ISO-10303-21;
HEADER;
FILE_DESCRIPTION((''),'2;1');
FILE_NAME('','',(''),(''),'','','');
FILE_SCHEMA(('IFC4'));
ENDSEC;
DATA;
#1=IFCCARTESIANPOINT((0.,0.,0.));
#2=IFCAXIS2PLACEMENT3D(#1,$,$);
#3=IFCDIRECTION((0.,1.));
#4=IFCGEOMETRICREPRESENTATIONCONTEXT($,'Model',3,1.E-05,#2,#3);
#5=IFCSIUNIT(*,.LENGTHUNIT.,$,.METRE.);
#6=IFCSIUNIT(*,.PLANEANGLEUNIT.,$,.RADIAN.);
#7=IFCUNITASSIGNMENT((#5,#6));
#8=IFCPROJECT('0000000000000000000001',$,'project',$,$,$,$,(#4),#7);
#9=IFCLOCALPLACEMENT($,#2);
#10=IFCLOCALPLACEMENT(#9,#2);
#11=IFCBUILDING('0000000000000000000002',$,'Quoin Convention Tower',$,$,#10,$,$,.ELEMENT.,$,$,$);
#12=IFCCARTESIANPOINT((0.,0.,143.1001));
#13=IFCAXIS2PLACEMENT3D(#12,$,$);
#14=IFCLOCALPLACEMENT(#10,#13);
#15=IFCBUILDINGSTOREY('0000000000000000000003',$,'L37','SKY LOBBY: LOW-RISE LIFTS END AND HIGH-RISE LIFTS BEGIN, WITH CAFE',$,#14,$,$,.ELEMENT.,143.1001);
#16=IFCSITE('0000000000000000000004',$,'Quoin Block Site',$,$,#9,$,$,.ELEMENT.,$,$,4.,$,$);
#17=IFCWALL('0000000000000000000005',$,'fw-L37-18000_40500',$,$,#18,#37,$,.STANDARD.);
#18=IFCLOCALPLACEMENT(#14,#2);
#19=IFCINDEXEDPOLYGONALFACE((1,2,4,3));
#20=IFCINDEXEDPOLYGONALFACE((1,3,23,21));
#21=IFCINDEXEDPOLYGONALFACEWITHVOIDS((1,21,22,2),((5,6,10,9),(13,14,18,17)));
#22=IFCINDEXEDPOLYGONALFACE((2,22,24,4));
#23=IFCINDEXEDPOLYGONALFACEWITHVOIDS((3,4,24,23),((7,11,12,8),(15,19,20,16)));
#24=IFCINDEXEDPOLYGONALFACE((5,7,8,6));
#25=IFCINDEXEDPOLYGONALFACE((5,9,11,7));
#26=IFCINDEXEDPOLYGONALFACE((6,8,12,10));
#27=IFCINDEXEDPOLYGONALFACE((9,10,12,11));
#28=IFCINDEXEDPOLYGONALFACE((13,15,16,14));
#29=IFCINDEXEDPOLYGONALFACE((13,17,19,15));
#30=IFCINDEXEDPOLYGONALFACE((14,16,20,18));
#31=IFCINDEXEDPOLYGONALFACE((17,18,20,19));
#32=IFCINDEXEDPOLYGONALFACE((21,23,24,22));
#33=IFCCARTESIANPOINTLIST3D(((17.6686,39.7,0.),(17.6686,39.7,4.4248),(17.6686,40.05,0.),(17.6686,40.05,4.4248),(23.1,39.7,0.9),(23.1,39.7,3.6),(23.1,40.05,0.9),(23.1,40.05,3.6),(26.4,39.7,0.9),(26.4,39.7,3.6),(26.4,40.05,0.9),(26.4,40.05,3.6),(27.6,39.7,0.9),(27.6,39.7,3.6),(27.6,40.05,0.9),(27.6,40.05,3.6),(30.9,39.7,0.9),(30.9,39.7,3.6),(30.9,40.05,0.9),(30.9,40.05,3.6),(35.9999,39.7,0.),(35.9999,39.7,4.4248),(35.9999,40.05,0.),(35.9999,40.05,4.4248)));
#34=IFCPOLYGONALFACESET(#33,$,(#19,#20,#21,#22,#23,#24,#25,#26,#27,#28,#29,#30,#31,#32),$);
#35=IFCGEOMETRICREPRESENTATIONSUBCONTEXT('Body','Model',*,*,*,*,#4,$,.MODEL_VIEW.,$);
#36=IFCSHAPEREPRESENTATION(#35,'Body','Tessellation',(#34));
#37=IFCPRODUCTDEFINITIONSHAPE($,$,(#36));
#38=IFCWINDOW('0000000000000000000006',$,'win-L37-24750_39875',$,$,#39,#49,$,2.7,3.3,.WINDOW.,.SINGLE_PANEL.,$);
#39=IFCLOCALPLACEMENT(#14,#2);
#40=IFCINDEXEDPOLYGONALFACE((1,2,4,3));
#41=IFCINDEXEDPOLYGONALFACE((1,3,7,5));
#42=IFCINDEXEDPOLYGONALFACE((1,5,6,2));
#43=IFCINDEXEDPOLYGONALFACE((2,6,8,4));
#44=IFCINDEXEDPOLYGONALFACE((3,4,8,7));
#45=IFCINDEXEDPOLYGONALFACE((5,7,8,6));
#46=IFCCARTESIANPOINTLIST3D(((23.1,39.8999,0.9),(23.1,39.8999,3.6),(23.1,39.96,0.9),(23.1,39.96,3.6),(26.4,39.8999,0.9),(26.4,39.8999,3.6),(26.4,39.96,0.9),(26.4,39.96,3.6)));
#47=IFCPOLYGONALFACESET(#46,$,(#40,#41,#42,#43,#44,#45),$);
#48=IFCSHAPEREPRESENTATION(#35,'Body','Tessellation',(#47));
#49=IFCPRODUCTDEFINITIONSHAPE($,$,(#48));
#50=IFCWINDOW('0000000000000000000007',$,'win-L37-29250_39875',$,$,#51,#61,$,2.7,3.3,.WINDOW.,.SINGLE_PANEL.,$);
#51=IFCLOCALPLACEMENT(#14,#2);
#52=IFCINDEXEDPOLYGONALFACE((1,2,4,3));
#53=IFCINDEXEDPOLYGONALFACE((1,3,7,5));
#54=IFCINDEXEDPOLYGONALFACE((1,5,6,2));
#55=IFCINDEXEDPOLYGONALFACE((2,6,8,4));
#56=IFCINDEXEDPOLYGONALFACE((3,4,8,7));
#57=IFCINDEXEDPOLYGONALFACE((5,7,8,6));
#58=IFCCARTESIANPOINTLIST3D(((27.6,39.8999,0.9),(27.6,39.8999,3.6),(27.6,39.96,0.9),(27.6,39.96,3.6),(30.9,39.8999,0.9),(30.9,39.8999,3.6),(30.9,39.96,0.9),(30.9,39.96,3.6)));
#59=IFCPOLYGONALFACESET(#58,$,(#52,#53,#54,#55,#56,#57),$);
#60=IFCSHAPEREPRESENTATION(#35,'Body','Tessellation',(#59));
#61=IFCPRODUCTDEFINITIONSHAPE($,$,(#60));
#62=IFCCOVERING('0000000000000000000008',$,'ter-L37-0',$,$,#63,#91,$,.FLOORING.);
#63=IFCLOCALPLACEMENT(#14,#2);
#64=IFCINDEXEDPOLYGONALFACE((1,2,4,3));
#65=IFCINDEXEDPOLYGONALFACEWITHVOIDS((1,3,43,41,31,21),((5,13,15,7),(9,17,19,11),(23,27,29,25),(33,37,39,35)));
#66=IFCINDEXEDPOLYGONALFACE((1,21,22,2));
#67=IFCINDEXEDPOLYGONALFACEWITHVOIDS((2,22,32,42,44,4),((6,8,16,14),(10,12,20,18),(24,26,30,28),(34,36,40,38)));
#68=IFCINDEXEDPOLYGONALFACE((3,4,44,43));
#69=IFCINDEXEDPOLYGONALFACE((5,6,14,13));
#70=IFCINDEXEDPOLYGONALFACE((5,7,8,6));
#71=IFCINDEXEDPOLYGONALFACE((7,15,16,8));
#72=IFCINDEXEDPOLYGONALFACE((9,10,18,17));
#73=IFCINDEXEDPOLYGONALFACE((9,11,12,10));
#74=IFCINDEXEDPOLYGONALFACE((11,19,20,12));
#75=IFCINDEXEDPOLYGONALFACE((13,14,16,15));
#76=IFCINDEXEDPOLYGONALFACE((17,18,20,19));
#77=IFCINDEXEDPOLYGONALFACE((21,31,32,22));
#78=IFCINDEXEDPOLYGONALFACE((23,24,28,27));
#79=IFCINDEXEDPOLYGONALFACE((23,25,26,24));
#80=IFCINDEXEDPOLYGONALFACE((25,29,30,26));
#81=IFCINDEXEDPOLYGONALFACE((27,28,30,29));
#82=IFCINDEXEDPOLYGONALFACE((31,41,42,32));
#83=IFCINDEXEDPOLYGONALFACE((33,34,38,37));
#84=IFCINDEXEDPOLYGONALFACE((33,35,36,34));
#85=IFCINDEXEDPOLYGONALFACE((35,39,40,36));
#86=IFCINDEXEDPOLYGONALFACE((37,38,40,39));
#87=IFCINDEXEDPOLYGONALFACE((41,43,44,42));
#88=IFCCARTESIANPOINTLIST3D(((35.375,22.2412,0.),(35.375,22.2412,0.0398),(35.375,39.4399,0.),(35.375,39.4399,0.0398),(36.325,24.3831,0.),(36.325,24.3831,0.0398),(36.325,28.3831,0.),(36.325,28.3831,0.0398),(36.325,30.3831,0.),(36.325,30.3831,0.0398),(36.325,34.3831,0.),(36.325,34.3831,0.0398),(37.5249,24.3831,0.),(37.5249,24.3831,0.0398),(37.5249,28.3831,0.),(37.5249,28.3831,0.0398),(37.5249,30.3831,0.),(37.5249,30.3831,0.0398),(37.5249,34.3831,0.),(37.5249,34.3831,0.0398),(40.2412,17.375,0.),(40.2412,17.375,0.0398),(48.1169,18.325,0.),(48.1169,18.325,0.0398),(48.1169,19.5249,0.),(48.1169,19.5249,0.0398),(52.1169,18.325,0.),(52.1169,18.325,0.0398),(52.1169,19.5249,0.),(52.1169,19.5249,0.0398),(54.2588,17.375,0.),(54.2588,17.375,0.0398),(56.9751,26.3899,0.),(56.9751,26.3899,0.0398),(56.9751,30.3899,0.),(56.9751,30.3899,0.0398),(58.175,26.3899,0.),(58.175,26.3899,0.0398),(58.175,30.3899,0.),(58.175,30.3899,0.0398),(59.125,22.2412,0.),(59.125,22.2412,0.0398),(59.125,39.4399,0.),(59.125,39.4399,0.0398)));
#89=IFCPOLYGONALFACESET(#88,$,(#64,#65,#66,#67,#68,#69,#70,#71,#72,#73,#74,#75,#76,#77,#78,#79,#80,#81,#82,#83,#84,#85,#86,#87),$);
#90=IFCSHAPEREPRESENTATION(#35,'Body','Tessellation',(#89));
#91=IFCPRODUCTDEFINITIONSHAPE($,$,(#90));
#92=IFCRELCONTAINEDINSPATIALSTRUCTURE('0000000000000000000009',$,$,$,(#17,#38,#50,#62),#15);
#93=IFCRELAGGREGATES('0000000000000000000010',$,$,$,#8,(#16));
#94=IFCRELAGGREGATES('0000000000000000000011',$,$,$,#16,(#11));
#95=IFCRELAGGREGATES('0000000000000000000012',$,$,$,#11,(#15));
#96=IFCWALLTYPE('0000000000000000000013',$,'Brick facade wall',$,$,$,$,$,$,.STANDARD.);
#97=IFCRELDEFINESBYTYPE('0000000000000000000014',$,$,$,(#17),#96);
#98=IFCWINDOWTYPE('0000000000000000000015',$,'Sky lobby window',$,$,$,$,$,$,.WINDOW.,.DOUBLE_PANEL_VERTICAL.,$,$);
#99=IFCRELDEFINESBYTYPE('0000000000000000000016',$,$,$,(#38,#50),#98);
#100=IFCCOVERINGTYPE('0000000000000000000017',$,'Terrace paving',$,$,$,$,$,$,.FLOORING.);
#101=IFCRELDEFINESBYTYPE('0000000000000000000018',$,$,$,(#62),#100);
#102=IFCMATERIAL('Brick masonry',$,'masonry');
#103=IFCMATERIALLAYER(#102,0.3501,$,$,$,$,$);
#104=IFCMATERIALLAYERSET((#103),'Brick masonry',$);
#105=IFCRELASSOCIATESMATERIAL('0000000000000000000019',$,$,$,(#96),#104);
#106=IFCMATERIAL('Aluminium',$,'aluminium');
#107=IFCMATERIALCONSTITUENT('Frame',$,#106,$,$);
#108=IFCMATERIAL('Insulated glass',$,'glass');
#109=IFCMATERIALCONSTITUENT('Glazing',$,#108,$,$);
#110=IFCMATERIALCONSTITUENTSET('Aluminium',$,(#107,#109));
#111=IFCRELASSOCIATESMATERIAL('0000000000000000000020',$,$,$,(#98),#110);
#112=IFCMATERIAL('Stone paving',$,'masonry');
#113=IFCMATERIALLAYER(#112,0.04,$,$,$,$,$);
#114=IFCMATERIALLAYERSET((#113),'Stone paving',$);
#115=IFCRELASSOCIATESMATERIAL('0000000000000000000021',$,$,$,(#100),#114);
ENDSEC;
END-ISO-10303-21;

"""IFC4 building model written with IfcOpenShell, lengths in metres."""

from ifc_helpers import new_model, si_unit, direction, frame, frame_2d, origin, place, context, subcontext, project, spatial, polyline, rectangle, outline, extrude, material, layer, layer_set, constituent, constituent_set, type_object, element, fill, save


model = new_model("IFC4")

# Units and contexts
model_context = context("Model", 3, precision=1e-05, world=origin(), true_north=direction((0.0, 1.0)))
body_context = subcontext(model_context, "Body", "Model", "MODEL_VIEW")
ifc_project = project(units=[si_unit("LENGTHUNIT", "METRE"), si_unit("PLANEANGLEUNIT", "RADIAN")], contexts=[model_context])

# Site, building, storey
site_placement = place(None, origin())
site = spatial("IfcSite", under=ifc_project, at=site_placement, Name="Quoin Block Site", CompositionType="ELEMENT", RefElevation=4.0)
building_placement = place(site_placement, origin())
building = spatial("IfcBuilding", under=site, at=building_placement, Name="Quoin Convention Tower", CompositionType="ELEMENT")
storey_placement = place(building_placement, frame((0.0, 0.0, 143.1001)))
storey = spatial("IfcBuildingStorey", under=building, at=storey_placement, Name="L37", Description="SKY LOBBY: LOW-RISE LIFTS END AND HIGH-RISE LIFTS BEGIN, WITH CAFE", CompositionType="ELEMENT", Elevation=143.1001)

# Wall, openings, windows
ifc_material_1 = material(Name="Brick masonry", Category="masonry")
ifc_layer_1 = layer(ifc_material_1, 0.3501)
ifc_layer_set_1 = layer_set([ifc_layer_1], Name="Brick masonry")
wall_type = type_object("IfcWallType", Name="Brick facade wall", PredefinedType="STANDARD", material=ifc_layer_set_1)
wall_placement = place(storey_placement, frame((17.6687, 39.875, 0.0), z_axis=(0.0, 0.0, 1.0), x_axis=(1.0, 0.0, 0.0)))
wall = element("IfcWall", 1, at=wall_placement, inside=storey, type_object=wall_type, Name="fw-L37-18000_40500", PredefinedType="STANDARD", context=body_context, shape_type="SweptSolid", body=[
    extrude(rectangle(XDim=18.3313, YDim=0.3501, at=frame_2d((9.1655, 0.0))), origin(), (0.0, 0.0, 1.0), 4.4248),
])
opening_1_placement = place(wall_placement, frame((5.4314, 0.0, 0.8999)))
opening_1 = element("IfcOpeningElement", 2, at=opening_1_placement, cuts=wall, PredefinedType="OPENING", context=body_context, shape_type="SweptSolid", body=[
    extrude(rectangle(XDim=3.3, YDim=2.7, at=frame_2d((1.6499, 1.3501))), frame((0.0, 0.1851, 0.0), z_axis=(0.0, -1.0, 0.0), x_axis=(1.0, 0.0, 0.0)), (0.0, 0.0, 1.0), 0.3701),
])
opening_2_placement = place(wall_placement, frame((9.9314, 0.0, 0.8999)))
opening_2 = element("IfcOpeningElement", 3, at=opening_2_placement, cuts=wall, PredefinedType="OPENING", context=body_context, shape_type="SweptSolid", body=[
    extrude(rectangle(XDim=3.3, YDim=2.7, at=frame_2d((1.6499, 1.3501))), frame((0.0, 0.1851, 0.0), z_axis=(0.0, -1.0, 0.0), x_axis=(1.0, 0.0, 0.0)), (0.0, 0.0, 1.0), 0.3701),
])
ifc_material_2 = material(Name="Aluminium", Category="aluminium")
ifc_constituent_1 = constituent(ifc_material_2, Name="Frame")
ifc_material_3 = material(Name="Insulated glass", Category="glass")
ifc_constituent_2 = constituent(ifc_material_3, Name="Glazing")
ifc_constituent_set = constituent_set(constituents=[ifc_constituent_1, ifc_constituent_2], Name="Aluminium")
window_type = type_object("IfcWindowType", Name="Sky lobby window", PartitioningType="DOUBLE_PANEL_VERTICAL", PredefinedType="WINDOW", material=ifc_constituent_set)
window_1_placement = place(opening_1_placement, origin())
window_1 = element("IfcWindow", 4, at=window_1_placement, inside=storey, type_object=window_type, Name="win-L37-24750_39875", OverallHeight=2.7, OverallWidth=3.3, PartitioningType="SINGLE_PANEL", PredefinedType="WINDOW", context=body_context, shape_type="SweptSolid", body=[
    extrude(rectangle(XDim=3.3, YDim=2.7, at=frame_2d((1.6499, 1.3501))), frame((0.0, 0.085, 0.0), z_axis=(0.0, -1.0, 0.0), x_axis=(1.0, 0.0, 0.0)), (0.0, 0.0, 1.0), 0.0601),
])
fill(opening_1, window_1)
window_2_placement = place(opening_2_placement, origin())
window_2 = element("IfcWindow", 5, at=window_2_placement, inside=storey, type_object=window_type, Name="win-L37-29250_39875", OverallHeight=2.7, OverallWidth=3.3, PartitioningType="SINGLE_PANEL", PredefinedType="WINDOW", context=body_context, shape_type="SweptSolid", body=[
    extrude(rectangle(XDim=3.3, YDim=2.7, at=frame_2d((1.6499, 1.3501))), frame((0.0, 0.085, 0.0), z_axis=(0.0, -1.0, 0.0), x_axis=(1.0, 0.0, 0.0)), (0.0, 0.0, 1.0), 0.0601),
])
fill(opening_2, window_2)

# Covering
ifc_material_4 = material(Name="Stone paving", Category="masonry")
ifc_layer_2 = layer(ifc_material_4, 0.04)
ifc_layer_set_2 = layer_set([ifc_layer_2], Name="Stone paving")
covering_type = type_object("IfcCoveringType", Name="Terrace paving", PredefinedType="FLOORING", material=ifc_layer_set_2)
covering_placement = place(storey_placement, origin())
element("IfcCovering", 6, at=covering_placement, inside=storey, type_object=covering_type, Name="ter-L37-0", PredefinedType="FLOORING", context=body_context, shape_type="SweptSolid", body=[
    extrude(outline(polyline([(59.125, 39.4399), (59.125, 22.2412), (54.2588, 17.375), (40.2412, 17.375), (35.375, 22.2412), (35.375, 39.4399), (59.125, 39.4399)]), holes=[polyline([(56.9751, 26.3899), (58.175, 26.3899), (58.175, 30.3899), (56.9751, 30.3899), (56.9751, 26.3899)]), polyline([(48.1169, 19.5249), (48.1169, 18.325), (52.1169, 18.325), (52.1169, 19.5249), (48.1169, 19.5249)]), polyline([(37.5249, 28.3831), (36.325, 28.3831), (36.325, 24.3831), (37.5249, 24.3831), (37.5249, 28.3831)]), polyline([(37.5249, 34.3831), (36.325, 34.3831), (36.325, 30.3831), (37.5249, 30.3831), (37.5249, 34.3831)])]), origin(), (0.0, 0.0, 1.0), 0.0398),
])

save(model, "model.ifc")
